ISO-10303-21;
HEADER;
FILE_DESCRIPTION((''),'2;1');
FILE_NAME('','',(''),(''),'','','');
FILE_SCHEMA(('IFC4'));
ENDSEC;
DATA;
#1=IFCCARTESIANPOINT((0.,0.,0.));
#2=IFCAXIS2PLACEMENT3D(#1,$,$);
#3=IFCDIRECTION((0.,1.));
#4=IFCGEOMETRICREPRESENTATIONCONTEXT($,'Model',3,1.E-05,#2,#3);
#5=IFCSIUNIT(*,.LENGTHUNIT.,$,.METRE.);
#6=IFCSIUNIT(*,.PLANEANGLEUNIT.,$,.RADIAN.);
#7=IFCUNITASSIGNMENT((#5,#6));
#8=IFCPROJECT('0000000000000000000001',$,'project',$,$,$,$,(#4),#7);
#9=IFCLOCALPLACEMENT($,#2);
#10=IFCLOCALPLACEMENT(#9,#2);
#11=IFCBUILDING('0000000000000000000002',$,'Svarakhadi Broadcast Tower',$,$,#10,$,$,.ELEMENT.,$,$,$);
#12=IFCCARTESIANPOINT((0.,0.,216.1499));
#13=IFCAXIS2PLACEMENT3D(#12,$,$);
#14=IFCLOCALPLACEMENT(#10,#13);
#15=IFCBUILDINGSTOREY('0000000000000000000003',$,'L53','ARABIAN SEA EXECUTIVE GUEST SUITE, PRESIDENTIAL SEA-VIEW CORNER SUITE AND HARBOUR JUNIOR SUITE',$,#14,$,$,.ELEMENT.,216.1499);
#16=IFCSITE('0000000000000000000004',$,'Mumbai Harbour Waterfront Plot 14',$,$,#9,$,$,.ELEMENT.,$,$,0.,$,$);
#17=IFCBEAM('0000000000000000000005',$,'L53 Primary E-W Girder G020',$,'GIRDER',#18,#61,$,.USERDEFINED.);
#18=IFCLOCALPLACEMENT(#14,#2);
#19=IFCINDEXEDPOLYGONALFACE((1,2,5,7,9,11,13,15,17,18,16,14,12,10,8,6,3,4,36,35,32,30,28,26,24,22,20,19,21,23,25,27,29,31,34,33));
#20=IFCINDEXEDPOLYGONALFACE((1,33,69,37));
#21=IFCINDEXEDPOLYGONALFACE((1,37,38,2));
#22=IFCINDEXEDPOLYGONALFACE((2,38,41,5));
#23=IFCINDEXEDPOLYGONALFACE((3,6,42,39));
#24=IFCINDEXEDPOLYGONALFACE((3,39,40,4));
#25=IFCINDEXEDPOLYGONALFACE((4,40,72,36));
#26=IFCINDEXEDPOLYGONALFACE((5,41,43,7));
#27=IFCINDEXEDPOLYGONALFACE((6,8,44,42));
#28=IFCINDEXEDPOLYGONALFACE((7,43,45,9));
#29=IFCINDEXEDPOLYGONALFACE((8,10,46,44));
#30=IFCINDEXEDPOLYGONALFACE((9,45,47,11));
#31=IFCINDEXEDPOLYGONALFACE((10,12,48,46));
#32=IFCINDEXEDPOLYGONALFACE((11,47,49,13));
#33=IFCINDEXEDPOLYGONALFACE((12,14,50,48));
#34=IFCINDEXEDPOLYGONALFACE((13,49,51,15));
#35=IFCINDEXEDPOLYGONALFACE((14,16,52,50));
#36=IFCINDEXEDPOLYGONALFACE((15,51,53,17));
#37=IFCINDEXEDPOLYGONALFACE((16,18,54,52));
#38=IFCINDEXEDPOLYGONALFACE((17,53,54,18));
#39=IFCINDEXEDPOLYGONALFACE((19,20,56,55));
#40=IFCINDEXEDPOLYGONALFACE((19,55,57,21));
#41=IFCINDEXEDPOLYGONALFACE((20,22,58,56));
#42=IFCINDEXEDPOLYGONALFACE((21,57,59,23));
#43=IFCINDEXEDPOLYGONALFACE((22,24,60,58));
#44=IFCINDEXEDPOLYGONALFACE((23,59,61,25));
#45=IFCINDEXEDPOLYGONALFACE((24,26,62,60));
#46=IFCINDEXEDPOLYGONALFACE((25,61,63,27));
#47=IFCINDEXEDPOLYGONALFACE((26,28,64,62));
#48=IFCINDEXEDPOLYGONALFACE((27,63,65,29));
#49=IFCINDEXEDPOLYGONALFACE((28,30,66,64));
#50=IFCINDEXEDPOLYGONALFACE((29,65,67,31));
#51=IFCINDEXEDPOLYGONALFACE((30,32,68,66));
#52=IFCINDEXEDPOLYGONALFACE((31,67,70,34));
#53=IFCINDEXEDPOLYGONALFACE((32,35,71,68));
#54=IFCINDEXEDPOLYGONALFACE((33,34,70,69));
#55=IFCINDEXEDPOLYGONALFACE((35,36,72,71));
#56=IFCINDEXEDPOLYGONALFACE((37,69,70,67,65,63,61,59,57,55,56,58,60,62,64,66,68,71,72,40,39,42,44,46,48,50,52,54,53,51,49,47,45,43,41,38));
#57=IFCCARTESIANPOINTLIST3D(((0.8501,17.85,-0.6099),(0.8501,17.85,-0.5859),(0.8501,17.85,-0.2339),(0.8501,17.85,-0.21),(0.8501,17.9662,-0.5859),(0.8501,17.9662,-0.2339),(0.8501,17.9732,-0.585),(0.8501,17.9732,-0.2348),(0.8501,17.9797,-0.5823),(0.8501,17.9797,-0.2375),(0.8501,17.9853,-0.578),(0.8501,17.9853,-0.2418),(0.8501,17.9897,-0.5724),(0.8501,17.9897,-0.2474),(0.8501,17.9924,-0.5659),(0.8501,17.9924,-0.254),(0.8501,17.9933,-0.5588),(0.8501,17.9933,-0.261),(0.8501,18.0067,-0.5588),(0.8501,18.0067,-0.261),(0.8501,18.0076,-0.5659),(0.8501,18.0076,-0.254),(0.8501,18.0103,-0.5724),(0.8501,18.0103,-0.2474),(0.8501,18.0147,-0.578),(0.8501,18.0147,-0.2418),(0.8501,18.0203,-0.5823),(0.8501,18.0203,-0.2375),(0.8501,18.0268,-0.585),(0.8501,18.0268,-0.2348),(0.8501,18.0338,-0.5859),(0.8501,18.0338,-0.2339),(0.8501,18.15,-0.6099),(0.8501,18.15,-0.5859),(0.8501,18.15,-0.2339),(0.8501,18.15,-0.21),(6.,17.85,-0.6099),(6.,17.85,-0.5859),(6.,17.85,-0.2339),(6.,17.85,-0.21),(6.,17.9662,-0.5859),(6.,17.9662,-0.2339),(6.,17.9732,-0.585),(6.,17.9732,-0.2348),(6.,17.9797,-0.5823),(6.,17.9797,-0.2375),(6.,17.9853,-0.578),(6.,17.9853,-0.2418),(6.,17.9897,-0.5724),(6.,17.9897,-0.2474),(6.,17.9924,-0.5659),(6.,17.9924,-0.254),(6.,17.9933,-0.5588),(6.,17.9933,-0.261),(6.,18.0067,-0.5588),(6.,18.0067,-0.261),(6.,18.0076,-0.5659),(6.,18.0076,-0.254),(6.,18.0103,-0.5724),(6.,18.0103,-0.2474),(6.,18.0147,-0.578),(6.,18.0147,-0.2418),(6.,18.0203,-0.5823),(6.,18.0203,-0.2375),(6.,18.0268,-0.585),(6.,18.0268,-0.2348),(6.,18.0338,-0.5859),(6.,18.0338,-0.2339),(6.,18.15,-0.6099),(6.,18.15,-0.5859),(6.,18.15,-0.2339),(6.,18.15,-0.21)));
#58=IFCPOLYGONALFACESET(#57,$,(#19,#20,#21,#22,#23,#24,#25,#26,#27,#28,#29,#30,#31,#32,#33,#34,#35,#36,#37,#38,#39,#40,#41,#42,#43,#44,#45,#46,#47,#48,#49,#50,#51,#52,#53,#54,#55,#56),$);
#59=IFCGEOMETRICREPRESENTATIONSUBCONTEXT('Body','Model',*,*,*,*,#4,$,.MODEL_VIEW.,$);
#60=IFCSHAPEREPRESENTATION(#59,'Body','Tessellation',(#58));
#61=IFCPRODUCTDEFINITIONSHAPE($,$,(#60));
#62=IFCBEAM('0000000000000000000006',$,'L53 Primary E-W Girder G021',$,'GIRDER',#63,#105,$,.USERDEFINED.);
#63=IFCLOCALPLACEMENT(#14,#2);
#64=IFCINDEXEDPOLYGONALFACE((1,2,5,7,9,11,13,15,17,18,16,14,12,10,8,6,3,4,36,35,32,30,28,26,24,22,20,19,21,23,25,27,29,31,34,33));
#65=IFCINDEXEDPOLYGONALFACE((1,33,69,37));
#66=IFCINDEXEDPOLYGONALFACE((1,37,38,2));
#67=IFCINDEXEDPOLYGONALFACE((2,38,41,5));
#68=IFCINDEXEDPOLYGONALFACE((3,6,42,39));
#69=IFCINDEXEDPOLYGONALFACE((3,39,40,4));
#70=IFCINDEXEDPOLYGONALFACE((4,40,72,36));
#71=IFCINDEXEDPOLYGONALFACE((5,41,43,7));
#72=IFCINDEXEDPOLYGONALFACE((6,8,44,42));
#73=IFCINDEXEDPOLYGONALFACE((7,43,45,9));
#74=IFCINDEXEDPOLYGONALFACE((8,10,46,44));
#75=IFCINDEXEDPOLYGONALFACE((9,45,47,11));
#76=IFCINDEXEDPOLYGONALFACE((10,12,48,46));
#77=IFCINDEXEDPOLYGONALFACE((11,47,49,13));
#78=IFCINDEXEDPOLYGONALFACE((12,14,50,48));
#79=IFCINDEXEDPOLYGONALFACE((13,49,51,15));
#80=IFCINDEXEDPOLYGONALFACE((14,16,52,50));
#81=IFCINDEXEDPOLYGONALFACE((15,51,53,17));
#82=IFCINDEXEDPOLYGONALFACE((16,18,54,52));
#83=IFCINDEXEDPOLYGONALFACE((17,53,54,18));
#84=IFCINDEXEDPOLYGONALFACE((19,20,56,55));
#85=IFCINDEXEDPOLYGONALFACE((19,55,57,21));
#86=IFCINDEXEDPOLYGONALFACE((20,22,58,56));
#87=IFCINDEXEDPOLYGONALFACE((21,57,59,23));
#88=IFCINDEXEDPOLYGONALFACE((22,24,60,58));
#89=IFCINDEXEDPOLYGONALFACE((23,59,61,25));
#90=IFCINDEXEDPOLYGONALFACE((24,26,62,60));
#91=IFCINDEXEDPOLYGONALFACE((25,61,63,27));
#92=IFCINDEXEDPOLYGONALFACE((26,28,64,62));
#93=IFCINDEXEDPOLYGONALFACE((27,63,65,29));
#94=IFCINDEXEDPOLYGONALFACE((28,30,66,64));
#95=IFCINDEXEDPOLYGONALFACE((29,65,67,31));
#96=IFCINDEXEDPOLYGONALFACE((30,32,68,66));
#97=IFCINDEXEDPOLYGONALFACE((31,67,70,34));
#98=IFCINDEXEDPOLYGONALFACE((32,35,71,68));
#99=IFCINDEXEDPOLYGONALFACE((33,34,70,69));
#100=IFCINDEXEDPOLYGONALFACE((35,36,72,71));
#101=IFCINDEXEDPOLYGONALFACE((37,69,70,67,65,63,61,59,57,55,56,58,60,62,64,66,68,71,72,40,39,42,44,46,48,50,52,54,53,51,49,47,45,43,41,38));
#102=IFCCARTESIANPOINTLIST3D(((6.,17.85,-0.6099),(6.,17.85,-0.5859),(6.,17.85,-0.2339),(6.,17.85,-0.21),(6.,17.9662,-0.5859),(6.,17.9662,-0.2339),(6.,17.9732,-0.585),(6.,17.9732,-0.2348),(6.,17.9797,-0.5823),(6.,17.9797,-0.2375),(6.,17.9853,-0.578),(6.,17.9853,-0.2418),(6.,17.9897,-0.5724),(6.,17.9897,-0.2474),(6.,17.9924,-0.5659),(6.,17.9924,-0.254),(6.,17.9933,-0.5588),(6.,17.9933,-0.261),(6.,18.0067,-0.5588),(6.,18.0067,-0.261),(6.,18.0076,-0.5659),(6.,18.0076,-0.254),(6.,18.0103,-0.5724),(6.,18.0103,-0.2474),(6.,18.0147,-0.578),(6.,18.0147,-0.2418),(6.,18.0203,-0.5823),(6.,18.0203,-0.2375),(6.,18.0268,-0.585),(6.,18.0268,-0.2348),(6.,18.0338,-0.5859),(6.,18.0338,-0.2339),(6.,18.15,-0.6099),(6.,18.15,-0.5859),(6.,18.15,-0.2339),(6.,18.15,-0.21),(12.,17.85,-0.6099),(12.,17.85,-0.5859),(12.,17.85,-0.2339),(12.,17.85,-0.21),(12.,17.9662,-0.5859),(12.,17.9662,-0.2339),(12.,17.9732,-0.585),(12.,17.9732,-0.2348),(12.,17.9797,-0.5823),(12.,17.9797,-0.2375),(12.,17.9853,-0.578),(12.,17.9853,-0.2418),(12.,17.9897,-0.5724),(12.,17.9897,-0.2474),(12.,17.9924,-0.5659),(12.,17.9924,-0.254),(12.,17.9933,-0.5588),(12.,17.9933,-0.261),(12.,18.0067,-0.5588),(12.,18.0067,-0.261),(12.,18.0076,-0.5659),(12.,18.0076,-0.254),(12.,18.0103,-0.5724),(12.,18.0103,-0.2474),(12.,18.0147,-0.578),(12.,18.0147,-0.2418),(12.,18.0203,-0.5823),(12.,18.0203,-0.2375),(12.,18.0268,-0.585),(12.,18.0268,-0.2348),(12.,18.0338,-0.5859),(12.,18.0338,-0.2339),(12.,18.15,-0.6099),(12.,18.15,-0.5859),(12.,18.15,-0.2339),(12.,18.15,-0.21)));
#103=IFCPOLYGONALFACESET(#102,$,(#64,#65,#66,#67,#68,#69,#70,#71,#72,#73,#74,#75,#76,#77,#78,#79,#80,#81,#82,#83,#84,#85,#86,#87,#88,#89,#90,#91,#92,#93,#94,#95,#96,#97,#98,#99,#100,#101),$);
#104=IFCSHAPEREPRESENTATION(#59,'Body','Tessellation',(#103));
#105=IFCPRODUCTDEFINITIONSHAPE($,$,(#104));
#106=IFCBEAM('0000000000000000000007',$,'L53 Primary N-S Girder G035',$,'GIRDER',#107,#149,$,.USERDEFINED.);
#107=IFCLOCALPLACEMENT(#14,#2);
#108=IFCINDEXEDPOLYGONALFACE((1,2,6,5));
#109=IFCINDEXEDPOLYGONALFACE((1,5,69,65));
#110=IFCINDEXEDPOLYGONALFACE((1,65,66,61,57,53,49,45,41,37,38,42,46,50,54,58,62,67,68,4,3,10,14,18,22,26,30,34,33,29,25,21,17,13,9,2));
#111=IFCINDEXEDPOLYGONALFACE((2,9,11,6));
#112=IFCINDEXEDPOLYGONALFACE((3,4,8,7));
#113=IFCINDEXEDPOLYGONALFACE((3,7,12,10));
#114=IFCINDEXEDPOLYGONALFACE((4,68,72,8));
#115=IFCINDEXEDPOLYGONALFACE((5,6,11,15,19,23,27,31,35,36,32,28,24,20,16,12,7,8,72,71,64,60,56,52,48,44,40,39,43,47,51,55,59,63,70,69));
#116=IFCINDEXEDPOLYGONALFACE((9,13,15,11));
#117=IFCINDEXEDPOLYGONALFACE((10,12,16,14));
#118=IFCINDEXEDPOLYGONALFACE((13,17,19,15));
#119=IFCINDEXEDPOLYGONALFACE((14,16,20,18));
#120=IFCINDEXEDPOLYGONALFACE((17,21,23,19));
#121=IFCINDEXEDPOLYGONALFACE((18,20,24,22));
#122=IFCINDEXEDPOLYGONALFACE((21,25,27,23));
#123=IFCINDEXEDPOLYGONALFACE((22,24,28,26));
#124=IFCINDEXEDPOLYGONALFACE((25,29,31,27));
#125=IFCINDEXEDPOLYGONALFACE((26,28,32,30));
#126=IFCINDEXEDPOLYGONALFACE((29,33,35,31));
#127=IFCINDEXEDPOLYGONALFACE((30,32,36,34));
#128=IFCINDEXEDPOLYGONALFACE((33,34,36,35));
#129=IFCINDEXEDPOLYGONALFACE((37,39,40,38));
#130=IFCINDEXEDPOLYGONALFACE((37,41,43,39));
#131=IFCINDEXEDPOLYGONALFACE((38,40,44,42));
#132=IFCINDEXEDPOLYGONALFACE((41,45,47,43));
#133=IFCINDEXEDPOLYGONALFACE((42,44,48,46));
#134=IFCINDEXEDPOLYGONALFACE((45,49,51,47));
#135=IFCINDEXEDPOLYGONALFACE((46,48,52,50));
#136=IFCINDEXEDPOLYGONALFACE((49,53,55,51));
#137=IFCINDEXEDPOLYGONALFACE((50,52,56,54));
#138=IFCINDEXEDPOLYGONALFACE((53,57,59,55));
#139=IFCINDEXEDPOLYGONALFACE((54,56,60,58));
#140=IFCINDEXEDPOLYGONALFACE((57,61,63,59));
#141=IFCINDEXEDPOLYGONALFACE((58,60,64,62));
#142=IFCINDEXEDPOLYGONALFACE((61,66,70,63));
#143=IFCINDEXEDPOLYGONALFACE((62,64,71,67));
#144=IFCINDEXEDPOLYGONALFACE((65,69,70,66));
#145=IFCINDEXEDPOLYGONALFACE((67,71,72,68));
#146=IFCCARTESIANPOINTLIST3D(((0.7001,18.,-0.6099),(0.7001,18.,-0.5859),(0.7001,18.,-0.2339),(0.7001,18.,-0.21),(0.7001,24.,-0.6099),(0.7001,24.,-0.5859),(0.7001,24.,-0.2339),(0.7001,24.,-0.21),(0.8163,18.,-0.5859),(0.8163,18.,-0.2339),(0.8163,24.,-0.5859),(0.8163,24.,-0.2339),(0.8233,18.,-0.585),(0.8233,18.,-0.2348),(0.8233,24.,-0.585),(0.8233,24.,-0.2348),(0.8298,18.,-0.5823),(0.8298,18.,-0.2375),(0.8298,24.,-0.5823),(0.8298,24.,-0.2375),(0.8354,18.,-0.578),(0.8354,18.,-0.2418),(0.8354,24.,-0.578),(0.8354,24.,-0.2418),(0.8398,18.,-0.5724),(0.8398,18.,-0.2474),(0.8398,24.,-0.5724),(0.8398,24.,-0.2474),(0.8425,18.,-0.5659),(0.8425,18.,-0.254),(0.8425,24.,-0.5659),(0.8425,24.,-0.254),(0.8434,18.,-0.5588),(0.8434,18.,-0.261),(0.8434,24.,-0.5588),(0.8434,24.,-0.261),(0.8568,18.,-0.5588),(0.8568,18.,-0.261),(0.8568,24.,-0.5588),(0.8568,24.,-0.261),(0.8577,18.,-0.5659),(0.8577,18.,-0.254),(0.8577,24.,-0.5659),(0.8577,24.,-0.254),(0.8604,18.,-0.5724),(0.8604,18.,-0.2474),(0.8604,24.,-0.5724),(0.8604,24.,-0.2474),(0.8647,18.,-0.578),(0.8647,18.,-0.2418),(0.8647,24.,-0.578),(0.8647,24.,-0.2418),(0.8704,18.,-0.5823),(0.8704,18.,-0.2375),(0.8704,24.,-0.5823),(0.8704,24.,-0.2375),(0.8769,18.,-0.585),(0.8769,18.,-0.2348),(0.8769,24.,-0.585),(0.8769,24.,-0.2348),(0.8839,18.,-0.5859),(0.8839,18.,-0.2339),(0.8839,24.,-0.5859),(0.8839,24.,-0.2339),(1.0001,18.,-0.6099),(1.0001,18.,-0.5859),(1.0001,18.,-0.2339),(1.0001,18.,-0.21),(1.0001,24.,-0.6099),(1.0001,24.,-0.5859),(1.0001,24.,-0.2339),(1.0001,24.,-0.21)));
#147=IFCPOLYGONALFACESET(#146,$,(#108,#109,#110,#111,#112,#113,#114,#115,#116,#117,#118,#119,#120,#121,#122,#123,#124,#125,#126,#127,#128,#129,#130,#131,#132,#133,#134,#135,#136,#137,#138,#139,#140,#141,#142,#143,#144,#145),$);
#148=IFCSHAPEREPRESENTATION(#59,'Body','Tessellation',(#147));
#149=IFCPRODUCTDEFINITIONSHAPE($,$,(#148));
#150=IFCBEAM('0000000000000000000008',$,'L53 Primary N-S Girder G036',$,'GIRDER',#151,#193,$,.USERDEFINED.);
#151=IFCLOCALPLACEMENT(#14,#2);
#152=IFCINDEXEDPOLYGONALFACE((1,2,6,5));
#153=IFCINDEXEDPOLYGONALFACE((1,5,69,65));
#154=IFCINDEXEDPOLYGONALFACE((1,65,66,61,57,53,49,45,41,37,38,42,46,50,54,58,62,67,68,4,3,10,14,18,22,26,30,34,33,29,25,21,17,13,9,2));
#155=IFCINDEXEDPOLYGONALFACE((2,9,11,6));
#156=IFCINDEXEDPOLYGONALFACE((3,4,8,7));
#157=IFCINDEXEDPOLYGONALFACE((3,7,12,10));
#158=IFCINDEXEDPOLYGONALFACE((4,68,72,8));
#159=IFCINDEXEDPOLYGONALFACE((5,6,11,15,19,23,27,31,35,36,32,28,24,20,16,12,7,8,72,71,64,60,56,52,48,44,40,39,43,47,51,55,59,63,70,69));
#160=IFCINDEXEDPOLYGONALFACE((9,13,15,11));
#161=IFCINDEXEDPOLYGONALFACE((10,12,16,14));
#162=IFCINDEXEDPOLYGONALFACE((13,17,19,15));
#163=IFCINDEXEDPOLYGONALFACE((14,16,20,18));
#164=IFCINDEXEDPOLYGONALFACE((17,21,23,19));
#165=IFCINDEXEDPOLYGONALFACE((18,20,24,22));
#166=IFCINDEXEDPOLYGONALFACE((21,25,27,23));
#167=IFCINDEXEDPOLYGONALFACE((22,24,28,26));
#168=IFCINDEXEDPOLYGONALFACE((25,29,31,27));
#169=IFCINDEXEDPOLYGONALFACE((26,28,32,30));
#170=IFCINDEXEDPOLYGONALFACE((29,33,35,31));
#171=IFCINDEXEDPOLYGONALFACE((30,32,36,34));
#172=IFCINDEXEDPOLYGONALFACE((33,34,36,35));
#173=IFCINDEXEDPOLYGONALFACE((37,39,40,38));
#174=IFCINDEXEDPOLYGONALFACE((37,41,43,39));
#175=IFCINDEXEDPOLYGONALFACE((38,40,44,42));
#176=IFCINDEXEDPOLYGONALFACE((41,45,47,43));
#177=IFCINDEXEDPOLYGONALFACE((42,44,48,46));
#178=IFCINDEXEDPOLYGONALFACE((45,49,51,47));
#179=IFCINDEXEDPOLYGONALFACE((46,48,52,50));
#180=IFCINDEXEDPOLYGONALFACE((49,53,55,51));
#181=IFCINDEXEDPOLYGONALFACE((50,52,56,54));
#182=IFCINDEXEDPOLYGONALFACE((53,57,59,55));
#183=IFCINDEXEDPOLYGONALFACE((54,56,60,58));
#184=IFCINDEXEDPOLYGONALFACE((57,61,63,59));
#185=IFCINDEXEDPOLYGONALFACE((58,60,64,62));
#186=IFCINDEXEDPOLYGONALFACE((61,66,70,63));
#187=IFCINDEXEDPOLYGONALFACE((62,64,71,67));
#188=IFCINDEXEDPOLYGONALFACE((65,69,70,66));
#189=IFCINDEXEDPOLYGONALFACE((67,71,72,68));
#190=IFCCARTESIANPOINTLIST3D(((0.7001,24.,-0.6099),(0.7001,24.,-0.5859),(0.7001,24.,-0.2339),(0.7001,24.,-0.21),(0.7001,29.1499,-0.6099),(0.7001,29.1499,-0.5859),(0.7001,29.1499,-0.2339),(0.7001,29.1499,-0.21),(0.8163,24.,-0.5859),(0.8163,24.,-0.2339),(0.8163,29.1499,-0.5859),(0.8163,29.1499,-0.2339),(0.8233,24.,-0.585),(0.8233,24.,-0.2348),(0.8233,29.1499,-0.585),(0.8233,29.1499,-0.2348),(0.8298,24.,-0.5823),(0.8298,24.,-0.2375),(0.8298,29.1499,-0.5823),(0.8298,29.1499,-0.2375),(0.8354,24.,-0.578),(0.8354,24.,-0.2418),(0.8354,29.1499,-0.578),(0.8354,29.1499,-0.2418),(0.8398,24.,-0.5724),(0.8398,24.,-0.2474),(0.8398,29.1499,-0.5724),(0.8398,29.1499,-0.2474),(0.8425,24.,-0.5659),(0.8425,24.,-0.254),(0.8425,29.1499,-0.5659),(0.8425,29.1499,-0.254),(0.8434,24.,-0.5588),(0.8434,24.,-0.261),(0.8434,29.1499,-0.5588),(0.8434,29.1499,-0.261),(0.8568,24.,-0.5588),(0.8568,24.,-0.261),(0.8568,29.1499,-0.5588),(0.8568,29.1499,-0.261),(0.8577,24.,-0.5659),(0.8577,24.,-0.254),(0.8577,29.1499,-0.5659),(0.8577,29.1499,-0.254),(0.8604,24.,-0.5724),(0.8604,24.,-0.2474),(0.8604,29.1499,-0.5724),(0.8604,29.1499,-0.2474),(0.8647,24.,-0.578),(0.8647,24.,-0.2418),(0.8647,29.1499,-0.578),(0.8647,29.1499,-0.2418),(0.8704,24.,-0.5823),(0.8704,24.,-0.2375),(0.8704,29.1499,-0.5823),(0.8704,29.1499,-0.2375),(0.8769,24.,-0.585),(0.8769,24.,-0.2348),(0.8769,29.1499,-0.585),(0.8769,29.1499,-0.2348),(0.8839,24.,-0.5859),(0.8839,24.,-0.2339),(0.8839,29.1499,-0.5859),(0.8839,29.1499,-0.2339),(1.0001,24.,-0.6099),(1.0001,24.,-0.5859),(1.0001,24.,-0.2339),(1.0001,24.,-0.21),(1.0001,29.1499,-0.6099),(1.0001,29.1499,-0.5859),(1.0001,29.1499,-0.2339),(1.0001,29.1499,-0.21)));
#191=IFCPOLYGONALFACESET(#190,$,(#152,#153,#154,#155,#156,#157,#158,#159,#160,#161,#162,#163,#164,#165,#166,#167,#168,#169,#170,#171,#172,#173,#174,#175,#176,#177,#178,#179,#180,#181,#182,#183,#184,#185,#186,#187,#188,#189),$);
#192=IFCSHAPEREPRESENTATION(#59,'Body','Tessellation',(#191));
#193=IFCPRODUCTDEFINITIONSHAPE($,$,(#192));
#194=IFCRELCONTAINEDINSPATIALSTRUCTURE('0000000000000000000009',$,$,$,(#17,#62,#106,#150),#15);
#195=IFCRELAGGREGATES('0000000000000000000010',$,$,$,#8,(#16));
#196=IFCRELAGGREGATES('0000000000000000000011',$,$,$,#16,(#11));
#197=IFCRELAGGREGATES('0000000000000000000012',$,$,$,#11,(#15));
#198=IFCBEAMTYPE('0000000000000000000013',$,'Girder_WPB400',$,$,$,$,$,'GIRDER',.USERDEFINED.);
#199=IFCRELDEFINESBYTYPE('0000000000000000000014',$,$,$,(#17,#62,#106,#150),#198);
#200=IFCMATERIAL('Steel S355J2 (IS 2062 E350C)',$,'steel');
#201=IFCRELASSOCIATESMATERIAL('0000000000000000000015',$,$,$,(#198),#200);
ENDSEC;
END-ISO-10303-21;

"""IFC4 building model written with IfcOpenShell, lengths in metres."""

from ifc_helpers import new_model, si_unit, direction, frame, origin, origin_2d, place, context, subcontext, project, spatial, i_section, extrude, material, material_profile, profile_set, type_object, element, save


model = new_model("IFC4")

# Units and contexts
model_context = context("Model", 3, precision=1e-05, world=origin(), true_north=direction((0.0, 1.0)))
body_context = subcontext(model_context, "Body", "Model", "MODEL_VIEW")
ifc_project = project(units=[si_unit("LENGTHUNIT", "METRE"), si_unit("PLANEANGLEUNIT", "RADIAN")], contexts=[model_context])

# Site, building, storey
site_placement = place(None, origin())
site = spatial("IfcSite", under=ifc_project, at=site_placement, Name="Mumbai Harbour Waterfront Plot 14", CompositionType="ELEMENT", RefElevation=0.0)
building_placement = place(site_placement, origin())
building = spatial("IfcBuilding", under=site, at=building_placement, Name="Svarakhadi Broadcast Tower", CompositionType="ELEMENT")
storey_placement = place(building_placement, frame((0.0, 0.0, 216.1499)))
storey = spatial("IfcBuildingStorey", under=building, at=storey_placement, Name="L53", Description="ARABIAN SEA EXECUTIVE GUEST SUITE, PRESIDENTIAL SEA-VIEW CORNER SUITE AND HARBOUR JUNIOR SUITE", CompositionType="ELEMENT", Elevation=216.1499)

# Shared definitions
ifc_material_1 = material(Name="Steel S355J2 (IS 2062 E350C)", Category="steel")

# Beams
ifc_material_profile_1 = material_profile(ifc_material_1, i_section(OverallWidth=0.3, OverallDepth=0.3999, WebThickness=0.0134, FlangeThickness=0.0239, FilletRadius=0.0271, at=origin_2d()), Name="WPB 400x300x155")
ifc_profile_set_1 = profile_set([ifc_material_profile_1], Name="Steel S355J2 (IS 2062 E350C)")
beam_type_1 = type_object("IfcBeamType", Name="Girder_WPB400", ElementType="GIRDER", PredefinedType="USERDEFINED", material=ifc_profile_set_1)
beam_1_placement = place(storey_placement, frame((0.8501, 18.0, -0.4099), z_axis=(1.0, 0.0, 0.0), x_axis=(0.0, 1.0, 0.0)))
element("IfcBeam", 1, at=beam_1_placement, inside=storey, type_object=beam_type_1, Name="L53 Primary E-W Girder G020", ObjectType="GIRDER", PredefinedType="USERDEFINED", context=body_context, shape_type="SweptSolid", body=[
    extrude(i_section(OverallWidth=0.3, OverallDepth=0.3999, WebThickness=0.0134, FlangeThickness=0.0239, FilletRadius=0.0271, at=origin_2d()), origin(), (0.0, 0.0, 1.0), 5.1499),
])
for number, where, z_axis, x_axis, name in (
    (2, (6.0, 18.0, -0.4099), (1.0, 0.0, 0.0), (0.0, 1.0, 0.0), "L53 Primary E-W Girder G021"),
    (3, (0.8501, 18.0, -0.4099), (0.0, 1.0, 0.0), (-1.0, 0.0, 0.0), "L53 Primary N-S Girder G035"),
):
    element("IfcBeam", number, at=place(storey_placement, frame(where, z_axis=z_axis, x_axis=x_axis)), inside=storey, type_object=beam_type_1, Name=name, ObjectType="GIRDER", PredefinedType="USERDEFINED", context=body_context, shape_type="SweptSolid", body=[
        extrude(i_section(OverallWidth=0.3, OverallDepth=0.3999, WebThickness=0.0134, FlangeThickness=0.0239, FilletRadius=0.0271, at=origin_2d()), origin(), (0.0, 0.0, 1.0), 6.0),
    ])
beam_2_placement = place(storey_placement, frame((0.8501, 24.0, -0.4099), z_axis=(0.0, 1.0, 0.0), x_axis=(-1.0, 0.0, 0.0)))
element("IfcBeam", 4, at=beam_2_placement, inside=storey, type_object=beam_type_1, Name="L53 Primary N-S Girder G036", ObjectType="GIRDER", PredefinedType="USERDEFINED", context=body_context, shape_type="SweptSolid", body=[
    extrude(i_section(OverallWidth=0.3, OverallDepth=0.3999, WebThickness=0.0134, FlangeThickness=0.0239, FilletRadius=0.0271, at=origin_2d()), origin(), (0.0, 0.0, 1.0), 5.1499),
])

save(model, "model.ifc")
